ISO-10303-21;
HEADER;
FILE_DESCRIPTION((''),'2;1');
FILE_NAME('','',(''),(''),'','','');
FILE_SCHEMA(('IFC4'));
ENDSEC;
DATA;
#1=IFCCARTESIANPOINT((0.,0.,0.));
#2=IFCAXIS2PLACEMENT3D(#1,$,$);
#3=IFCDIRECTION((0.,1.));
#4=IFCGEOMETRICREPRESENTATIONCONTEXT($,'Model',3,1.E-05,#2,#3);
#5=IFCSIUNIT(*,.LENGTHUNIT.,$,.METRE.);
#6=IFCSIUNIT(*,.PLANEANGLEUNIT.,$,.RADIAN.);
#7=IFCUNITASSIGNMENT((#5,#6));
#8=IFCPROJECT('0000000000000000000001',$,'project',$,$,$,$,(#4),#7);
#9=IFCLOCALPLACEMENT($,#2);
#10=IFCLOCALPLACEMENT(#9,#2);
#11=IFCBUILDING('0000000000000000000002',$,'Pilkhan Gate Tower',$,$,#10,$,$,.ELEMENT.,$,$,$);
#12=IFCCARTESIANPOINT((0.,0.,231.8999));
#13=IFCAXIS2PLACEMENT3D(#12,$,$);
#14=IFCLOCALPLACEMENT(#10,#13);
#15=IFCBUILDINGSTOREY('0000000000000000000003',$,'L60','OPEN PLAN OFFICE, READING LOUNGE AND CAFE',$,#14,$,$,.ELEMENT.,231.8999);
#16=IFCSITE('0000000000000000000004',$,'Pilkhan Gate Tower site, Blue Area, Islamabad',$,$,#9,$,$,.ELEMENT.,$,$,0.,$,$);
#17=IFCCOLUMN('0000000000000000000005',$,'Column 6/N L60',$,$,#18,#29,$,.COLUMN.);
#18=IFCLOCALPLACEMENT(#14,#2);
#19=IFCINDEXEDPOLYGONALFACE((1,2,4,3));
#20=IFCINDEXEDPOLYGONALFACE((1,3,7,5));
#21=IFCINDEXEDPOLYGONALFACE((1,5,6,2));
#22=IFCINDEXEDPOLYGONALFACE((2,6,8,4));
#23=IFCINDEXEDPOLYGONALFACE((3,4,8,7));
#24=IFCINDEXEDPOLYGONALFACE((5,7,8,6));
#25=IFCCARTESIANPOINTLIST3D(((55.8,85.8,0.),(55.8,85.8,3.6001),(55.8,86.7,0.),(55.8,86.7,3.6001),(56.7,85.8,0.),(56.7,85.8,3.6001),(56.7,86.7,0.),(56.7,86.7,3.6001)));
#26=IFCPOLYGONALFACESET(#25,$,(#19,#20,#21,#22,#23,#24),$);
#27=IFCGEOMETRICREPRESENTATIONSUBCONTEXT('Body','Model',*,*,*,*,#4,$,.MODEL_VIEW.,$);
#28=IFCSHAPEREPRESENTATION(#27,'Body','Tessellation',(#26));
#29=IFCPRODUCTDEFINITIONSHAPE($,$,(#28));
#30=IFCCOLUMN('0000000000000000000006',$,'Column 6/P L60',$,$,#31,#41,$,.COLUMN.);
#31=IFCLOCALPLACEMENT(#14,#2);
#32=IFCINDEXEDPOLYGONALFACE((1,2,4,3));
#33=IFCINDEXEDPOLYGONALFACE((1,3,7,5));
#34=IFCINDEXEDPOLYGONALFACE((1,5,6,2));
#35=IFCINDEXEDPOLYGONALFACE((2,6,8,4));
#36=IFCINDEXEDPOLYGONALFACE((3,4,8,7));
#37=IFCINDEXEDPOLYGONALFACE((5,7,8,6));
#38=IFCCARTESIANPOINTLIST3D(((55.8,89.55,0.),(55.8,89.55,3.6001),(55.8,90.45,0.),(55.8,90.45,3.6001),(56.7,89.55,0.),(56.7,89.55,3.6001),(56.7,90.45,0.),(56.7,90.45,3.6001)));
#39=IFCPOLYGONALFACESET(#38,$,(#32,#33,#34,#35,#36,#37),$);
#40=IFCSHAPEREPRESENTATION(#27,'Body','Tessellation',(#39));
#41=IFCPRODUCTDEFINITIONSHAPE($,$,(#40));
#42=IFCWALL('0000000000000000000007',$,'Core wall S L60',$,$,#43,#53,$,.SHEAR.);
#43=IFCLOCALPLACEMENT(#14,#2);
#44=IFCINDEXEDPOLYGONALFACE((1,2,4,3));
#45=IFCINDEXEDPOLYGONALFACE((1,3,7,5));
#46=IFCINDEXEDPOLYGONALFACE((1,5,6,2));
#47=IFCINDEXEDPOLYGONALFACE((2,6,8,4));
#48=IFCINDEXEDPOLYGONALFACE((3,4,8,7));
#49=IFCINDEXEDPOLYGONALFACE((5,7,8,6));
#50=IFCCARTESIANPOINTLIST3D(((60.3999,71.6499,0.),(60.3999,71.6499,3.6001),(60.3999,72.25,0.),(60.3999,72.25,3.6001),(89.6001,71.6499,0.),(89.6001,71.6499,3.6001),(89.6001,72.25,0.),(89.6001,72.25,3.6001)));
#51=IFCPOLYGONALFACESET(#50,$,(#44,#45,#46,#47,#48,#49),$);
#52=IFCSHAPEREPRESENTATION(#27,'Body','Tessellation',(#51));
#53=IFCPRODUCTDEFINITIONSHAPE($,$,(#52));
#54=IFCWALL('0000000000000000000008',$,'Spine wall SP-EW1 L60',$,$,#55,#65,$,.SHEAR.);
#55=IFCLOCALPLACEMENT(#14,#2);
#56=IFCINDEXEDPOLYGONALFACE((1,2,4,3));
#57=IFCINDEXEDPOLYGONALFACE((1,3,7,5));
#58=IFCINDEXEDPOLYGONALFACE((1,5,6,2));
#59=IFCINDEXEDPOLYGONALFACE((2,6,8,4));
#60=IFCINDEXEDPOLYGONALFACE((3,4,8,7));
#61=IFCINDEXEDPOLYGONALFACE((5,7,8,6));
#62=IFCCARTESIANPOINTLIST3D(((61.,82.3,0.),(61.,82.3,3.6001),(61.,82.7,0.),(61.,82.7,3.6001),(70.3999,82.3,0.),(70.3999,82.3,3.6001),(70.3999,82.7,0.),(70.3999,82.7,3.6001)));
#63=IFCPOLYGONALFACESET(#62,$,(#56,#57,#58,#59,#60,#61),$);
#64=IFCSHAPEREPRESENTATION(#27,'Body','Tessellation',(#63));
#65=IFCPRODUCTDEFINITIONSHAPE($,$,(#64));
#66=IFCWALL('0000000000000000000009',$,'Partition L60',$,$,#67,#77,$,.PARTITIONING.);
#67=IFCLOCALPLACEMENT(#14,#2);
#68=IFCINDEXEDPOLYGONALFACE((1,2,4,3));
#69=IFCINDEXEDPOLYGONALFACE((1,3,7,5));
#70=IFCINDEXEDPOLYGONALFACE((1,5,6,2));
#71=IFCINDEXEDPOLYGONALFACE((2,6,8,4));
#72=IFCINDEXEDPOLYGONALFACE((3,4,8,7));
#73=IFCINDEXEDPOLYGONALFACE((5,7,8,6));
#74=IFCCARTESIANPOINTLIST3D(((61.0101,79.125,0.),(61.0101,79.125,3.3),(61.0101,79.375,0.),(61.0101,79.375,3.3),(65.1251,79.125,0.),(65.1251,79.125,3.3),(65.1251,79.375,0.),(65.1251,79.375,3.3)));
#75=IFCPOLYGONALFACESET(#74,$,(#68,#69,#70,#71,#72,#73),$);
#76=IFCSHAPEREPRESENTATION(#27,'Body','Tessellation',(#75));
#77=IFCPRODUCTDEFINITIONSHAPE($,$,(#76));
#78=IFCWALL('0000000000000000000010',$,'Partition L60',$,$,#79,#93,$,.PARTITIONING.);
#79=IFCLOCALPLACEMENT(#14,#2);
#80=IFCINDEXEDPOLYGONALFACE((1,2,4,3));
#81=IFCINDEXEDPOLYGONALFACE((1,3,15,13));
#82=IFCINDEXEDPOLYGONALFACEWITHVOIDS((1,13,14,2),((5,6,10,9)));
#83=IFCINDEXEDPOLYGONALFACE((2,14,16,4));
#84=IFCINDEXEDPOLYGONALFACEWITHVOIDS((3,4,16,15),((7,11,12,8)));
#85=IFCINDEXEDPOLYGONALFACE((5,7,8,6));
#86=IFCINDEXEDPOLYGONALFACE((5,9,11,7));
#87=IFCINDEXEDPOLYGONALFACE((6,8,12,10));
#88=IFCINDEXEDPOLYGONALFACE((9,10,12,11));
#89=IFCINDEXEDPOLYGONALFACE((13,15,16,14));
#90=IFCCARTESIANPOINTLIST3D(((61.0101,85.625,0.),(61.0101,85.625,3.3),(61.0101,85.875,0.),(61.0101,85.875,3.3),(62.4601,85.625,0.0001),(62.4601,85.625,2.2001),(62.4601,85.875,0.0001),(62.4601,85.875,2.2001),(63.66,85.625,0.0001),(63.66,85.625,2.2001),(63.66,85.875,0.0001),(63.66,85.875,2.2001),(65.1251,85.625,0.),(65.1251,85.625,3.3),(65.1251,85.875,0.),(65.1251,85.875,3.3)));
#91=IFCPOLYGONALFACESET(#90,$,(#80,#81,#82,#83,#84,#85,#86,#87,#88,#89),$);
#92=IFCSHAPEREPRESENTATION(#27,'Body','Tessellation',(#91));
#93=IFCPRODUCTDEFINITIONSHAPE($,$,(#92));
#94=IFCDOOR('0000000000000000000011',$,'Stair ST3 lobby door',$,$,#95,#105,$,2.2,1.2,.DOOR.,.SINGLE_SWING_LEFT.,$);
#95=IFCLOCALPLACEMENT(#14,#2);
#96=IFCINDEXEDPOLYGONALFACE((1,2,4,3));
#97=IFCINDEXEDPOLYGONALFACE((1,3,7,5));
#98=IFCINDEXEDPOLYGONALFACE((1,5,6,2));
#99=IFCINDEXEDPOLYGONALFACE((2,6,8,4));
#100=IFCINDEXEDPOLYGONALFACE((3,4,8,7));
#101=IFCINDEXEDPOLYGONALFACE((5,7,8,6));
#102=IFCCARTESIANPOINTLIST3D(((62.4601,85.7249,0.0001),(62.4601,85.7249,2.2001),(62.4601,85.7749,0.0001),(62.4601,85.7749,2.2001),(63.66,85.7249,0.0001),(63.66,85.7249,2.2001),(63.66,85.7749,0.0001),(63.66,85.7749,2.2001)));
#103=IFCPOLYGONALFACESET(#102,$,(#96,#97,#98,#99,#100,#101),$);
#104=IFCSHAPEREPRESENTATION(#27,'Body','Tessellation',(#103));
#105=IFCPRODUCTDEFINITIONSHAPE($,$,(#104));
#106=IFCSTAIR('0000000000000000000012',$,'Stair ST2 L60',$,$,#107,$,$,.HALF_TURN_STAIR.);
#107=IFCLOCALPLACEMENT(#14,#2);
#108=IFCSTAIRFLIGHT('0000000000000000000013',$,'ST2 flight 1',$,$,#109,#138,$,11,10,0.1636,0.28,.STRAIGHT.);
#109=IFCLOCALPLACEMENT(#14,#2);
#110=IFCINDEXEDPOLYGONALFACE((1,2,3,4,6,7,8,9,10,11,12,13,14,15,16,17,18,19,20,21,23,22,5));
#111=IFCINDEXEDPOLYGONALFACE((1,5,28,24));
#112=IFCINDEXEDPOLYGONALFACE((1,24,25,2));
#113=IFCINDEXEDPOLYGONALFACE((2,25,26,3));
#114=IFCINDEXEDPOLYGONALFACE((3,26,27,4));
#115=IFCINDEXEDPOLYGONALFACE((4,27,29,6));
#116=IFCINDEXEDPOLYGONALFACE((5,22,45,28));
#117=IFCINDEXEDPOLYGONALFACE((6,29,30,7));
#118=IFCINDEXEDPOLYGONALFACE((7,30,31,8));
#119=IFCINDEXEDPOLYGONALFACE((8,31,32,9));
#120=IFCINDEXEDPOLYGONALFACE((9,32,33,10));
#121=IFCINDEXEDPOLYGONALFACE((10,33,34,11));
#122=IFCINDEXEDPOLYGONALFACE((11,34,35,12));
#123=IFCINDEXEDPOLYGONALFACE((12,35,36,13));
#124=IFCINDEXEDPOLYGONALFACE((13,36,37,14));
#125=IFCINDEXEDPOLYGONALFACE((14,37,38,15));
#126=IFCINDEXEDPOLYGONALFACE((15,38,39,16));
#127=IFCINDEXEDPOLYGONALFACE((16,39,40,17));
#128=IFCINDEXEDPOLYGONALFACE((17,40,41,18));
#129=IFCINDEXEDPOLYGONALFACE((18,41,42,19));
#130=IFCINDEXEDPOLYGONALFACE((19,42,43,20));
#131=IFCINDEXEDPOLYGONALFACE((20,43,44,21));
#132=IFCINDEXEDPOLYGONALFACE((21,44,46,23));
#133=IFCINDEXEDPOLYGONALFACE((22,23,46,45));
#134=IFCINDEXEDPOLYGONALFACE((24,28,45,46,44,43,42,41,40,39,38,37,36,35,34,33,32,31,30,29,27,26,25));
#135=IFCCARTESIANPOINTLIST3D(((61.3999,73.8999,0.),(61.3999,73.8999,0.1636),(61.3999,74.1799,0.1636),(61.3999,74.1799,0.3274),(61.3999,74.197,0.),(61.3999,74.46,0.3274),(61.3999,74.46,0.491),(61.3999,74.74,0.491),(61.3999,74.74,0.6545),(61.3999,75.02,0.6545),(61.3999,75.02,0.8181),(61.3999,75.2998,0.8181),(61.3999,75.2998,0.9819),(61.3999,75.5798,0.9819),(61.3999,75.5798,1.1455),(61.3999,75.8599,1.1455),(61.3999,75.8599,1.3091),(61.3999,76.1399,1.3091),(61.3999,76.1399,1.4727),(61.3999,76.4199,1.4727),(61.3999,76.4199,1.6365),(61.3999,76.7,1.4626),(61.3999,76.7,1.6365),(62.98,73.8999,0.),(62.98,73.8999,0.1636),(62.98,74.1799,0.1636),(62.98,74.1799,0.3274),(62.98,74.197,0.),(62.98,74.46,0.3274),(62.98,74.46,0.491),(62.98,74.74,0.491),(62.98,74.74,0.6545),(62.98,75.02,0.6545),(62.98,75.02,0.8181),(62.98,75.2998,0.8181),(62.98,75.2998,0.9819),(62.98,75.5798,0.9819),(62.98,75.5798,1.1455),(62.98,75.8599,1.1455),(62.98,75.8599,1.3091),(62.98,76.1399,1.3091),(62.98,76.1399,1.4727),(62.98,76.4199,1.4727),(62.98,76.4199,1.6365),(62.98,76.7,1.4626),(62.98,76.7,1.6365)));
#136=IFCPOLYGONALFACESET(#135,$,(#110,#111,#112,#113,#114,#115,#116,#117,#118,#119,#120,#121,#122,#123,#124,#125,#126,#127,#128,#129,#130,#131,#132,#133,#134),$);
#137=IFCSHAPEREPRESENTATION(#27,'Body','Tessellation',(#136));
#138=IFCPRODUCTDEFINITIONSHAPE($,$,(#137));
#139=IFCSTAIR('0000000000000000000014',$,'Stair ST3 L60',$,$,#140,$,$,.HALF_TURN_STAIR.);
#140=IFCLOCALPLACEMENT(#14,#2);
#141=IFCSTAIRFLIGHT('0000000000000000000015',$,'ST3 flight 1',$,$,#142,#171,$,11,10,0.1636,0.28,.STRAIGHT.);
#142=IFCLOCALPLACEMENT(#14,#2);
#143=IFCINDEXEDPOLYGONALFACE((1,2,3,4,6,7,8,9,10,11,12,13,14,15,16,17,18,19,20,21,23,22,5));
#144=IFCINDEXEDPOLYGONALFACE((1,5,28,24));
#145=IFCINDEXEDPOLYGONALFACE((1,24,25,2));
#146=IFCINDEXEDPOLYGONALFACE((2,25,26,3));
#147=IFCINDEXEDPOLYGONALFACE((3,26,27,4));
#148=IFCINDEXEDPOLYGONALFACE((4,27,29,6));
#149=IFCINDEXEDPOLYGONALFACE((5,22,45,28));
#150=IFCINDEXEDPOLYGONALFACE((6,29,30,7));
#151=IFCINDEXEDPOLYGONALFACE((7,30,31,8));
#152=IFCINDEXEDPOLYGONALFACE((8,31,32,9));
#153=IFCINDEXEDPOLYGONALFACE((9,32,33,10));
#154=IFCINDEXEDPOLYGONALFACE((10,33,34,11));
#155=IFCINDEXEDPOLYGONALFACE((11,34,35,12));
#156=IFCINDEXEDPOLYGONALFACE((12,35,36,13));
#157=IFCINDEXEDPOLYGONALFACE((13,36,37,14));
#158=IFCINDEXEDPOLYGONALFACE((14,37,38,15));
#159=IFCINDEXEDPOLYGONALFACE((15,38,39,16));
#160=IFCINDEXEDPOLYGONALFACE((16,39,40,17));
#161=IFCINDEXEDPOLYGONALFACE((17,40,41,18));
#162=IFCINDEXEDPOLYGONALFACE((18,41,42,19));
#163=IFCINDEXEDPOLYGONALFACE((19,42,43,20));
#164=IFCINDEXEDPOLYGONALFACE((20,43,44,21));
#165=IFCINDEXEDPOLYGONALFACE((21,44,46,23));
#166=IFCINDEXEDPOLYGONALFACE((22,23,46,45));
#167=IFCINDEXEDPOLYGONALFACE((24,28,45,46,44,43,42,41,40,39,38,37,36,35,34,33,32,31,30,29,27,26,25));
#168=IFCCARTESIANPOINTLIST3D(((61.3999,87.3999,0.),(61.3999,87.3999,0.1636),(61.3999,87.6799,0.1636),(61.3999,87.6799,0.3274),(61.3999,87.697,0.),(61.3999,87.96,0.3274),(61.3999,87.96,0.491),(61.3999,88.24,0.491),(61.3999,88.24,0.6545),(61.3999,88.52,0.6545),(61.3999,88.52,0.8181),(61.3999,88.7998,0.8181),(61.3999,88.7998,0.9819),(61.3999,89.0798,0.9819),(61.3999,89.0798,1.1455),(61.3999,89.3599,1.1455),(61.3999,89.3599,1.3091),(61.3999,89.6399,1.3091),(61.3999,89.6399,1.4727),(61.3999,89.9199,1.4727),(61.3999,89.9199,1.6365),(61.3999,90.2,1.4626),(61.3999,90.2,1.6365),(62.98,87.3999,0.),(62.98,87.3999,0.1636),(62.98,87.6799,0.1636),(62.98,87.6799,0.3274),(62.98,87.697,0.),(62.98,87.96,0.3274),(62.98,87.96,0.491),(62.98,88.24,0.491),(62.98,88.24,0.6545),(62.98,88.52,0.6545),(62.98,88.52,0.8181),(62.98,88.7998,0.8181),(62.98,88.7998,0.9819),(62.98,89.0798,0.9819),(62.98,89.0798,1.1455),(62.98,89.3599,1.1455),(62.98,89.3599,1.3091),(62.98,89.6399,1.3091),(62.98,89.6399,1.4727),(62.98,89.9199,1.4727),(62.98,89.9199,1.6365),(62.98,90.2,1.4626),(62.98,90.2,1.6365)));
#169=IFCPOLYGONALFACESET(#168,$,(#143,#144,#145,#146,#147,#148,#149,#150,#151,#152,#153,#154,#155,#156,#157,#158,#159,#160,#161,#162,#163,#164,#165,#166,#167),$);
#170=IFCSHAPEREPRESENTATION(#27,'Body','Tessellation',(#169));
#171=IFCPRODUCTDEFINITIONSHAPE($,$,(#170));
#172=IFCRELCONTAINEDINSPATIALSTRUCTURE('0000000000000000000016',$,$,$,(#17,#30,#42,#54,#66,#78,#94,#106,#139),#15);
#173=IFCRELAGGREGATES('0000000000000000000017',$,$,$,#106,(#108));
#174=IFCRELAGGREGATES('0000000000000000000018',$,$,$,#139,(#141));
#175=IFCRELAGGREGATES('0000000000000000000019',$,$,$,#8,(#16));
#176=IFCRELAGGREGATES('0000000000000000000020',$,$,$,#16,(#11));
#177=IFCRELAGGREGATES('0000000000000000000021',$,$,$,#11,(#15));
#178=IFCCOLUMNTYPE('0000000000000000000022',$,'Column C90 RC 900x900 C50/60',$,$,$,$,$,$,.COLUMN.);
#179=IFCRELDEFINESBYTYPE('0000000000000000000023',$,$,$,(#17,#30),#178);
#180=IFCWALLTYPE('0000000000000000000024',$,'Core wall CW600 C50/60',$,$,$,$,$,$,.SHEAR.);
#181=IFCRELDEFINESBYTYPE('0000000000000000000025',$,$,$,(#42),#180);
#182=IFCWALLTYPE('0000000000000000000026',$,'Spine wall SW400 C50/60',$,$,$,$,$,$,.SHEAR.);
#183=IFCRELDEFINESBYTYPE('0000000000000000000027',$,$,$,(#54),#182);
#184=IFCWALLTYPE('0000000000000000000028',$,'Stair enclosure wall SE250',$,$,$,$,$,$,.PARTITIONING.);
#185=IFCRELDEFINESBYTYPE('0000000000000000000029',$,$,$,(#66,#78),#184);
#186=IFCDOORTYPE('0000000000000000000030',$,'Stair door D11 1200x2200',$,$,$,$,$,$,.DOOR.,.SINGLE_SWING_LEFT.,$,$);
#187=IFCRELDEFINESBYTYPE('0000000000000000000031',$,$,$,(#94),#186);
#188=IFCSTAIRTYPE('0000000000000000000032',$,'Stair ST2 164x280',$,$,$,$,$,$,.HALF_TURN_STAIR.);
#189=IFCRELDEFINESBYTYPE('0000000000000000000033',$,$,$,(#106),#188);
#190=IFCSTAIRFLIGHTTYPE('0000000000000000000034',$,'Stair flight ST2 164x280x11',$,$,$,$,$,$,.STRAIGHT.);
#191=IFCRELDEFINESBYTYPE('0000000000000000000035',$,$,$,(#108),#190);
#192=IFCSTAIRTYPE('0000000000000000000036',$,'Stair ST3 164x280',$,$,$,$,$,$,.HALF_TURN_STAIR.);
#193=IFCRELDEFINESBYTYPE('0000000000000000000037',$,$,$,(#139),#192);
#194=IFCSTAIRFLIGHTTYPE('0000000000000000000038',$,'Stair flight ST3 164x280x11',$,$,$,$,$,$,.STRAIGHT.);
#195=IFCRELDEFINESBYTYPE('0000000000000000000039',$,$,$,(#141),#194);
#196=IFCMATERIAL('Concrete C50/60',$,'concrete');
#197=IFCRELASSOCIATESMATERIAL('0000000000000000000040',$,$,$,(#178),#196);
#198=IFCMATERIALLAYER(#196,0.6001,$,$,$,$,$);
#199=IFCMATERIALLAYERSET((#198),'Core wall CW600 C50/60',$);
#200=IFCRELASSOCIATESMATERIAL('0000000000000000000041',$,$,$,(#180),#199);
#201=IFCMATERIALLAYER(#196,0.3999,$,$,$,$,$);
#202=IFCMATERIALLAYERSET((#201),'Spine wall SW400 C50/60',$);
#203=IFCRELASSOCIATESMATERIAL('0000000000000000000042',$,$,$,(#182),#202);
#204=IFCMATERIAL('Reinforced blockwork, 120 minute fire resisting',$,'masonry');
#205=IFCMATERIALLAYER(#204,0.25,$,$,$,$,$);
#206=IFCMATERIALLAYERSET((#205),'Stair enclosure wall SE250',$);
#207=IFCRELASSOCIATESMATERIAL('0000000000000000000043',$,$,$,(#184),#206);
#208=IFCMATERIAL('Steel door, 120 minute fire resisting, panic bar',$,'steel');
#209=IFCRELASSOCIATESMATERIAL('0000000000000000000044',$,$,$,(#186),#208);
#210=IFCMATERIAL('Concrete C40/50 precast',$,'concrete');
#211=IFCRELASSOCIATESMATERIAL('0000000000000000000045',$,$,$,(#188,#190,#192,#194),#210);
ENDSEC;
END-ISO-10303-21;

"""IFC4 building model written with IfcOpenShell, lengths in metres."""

from ifc_helpers import new_model, si_unit, direction, frame, frame_2d, origin, origin_2d, place, context, subcontext, project, spatial, polyline, rectangle, outline, extrude, material, layer, layer_set, material_profile, profile_set, type_object, element, fill, aggregate, save


model = new_model("IFC4")

# Units and contexts
model_context = context("Model", 3, precision=1e-05, world=origin(), true_north=direction((0.0, 1.0)))
body_context = subcontext(model_context, "Body", "Model", "MODEL_VIEW")
ifc_project = project(units=[si_unit("LENGTHUNIT", "METRE"), si_unit("PLANEANGLEUNIT", "RADIAN")], contexts=[model_context])

# Site, building, storey
site_placement = place(None, origin())
site = spatial("IfcSite", under=ifc_project, at=site_placement, Name="Pilkhan Gate Tower site, Blue Area, Islamabad", CompositionType="ELEMENT", RefElevation=0.0)
building_placement = place(site_placement, origin())
building = spatial("IfcBuilding", under=site, at=building_placement, Name="Pilkhan Gate Tower", CompositionType="ELEMENT")
storey_placement = place(building_placement, frame((0.0, 0.0, 231.8999)))
storey = spatial("IfcBuildingStorey", under=building, at=storey_placement, Name="L60", Description="OPEN PLAN OFFICE, READING LOUNGE AND CAFE", CompositionType="ELEMENT", Elevation=231.8999)

# Columns
ifc_material_1 = material(Name="Concrete C50/60", Category="concrete")
ifc_material_profile = material_profile(ifc_material_1, rectangle(XDim=0.8999, YDim=0.8999, at=origin_2d()), Name="RC 900x900")
ifc_profile_set = profile_set([ifc_material_profile], Name="Concrete C50/60")
column_type = type_object("IfcColumnType", Name="Column C90 RC 900x900 C50/60", PredefinedType="COLUMN", material=ifc_profile_set)
for number, where, z_axis, x_axis, name in (
    (1, (56.25, 86.25, 0.0), (0.0, 0.0, 1.0), (1.0, 0.0, 0.0), "Column 6/N L60"),
    (2, (56.25, 90.0, 0.0), (0.0, 0.0, 1.0), (1.0, 0.0, 0.0), "Column 6/P L60"),
):
    element("IfcColumn", number, at=place(storey_placement, frame(where, z_axis=z_axis, x_axis=x_axis)), inside=storey, type_object=column_type, Name=name, PredefinedType="COLUMN", context=body_context, shape_type="SweptSolid", body=[
        extrude(rectangle(XDim=0.8999, YDim=0.8999, at=origin_2d()), origin(), (0.0, 0.0, 1.0), 3.6001),
    ])

# Walls
ifc_layer_1 = layer(ifc_material_1, 0.6001)
ifc_layer_set_1 = layer_set([ifc_layer_1], Name="Core wall CW600 C50/60")
wall_type_1 = type_object("IfcWallType", Name="Core wall CW600 C50/60", PredefinedType="SHEAR", material=ifc_layer_set_1)
wall_1_placement = place(storey_placement, frame((60.3999, 71.95, 0.0), z_axis=(0.0, 0.0, 1.0), x_axis=(1.0, 0.0, 0.0)))
element("IfcWall", 3, at=wall_1_placement, inside=storey, type_object=wall_type_1, Name="Core wall S L60", PredefinedType="SHEAR", context=body_context, shape_type="SweptSolid", body=[
    extrude(rectangle(XDim=29.2002, YDim=0.6001, at=frame_2d((14.6001, 0.0))), origin(), (0.0, 0.0, 1.0), 3.6001),
])
ifc_layer_2 = layer(ifc_material_1, 0.3999)
ifc_layer_set_2 = layer_set([ifc_layer_2], Name="Spine wall SW400 C50/60")
wall_type_2 = type_object("IfcWallType", Name="Spine wall SW400 C50/60", PredefinedType="SHEAR", material=ifc_layer_set_2)
wall_2_placement = place(storey_placement, frame((61.0, 82.5, 0.0), z_axis=(0.0, 0.0, 1.0), x_axis=(1.0, 0.0, 0.0)))
element("IfcWall", 4, at=wall_2_placement, inside=storey, type_object=wall_type_2, Name="Spine wall SP-EW1 L60", PredefinedType="SHEAR", context=body_context, shape_type="SweptSolid", body=[
    extrude(rectangle(XDim=9.3999, YDim=0.3999, at=frame_2d((4.7, 0.0))), origin(), (0.0, 0.0, 1.0), 3.6001),
])
ifc_material_2 = material(Name="Reinforced blockwork, 120 minute fire resisting", Category="masonry")
ifc_layer_3 = layer(ifc_material_2, 0.25)
ifc_layer_set_3 = layer_set([ifc_layer_3], Name="Stair enclosure wall SE250")
wall_type_3 = type_object("IfcWallType", Name="Stair enclosure wall SE250", PredefinedType="PARTITIONING", material=ifc_layer_set_3)
wall_3_placement = place(storey_placement, frame((61.01, 79.25, 0.0), z_axis=(0.0, 0.0, 1.0), x_axis=(1.0, 0.0, 0.0)))
element("IfcWall", 5, at=wall_3_placement, inside=storey, type_object=wall_type_3, Name="Partition L60", PredefinedType="PARTITIONING", context=body_context, shape_type="SweptSolid", body=[
    extrude(rectangle(XDim=4.115, YDim=0.25, at=frame_2d((2.0576, 0.0))), origin(), (0.0, 0.0, 1.0), 3.3),
])

# Wall, opening, door
wall_4_placement = place(storey_placement, frame((61.01, 85.75, 0.0), z_axis=(0.0, 0.0, 1.0), x_axis=(1.0, 0.0, 0.0)))
wall_4 = element("IfcWall", 6, at=wall_4_placement, inside=storey, type_object=wall_type_3, Name="Partition L60", PredefinedType="PARTITIONING", context=body_context, shape_type="SweptSolid", body=[
    extrude(rectangle(XDim=4.115, YDim=0.25, at=frame_2d((2.0576, 0.0))), origin(), (0.0, 0.0, 1.0), 3.3),
])
opening_placement = place(wall_4_placement, frame((1.45, 0.0, 0.0)))
opening = element("IfcOpeningElement", 7, at=opening_placement, cuts=wall_4, PredefinedType="OPENING", context=body_context, shape_type="SweptSolid", body=[
    extrude(rectangle(XDim=1.2, YDim=2.2, at=frame_2d((0.6001, 1.1001))), frame((0.0, 0.135, 0.0), z_axis=(0.0, -1.0, 0.0), x_axis=(1.0, 0.0, 0.0)), (0.0, 0.0, 1.0), 0.27),
])
ifc_material_3 = material(Name="Steel door, 120 minute fire resisting, panic bar", Category="steel")
door_type = type_object("IfcDoorType", Name="Stair door D11 1200x2200", OperationType="SINGLE_SWING_LEFT", PredefinedType="DOOR", material=ifc_material_3)
door_placement = place(opening_placement, origin())
door = element("IfcDoor", 8, at=door_placement, inside=storey, type_object=door_type, Name="Stair ST3 lobby door", OperationType="SINGLE_SWING_LEFT", OverallHeight=2.2, OverallWidth=1.2, PredefinedType="DOOR", context=body_context, shape_type="SweptSolid", body=[
    extrude(rectangle(XDim=1.2, YDim=2.2, at=frame_2d((0.6001, 1.1001))), frame((0.0, 0.0249, 0.0), z_axis=(0.0, -1.0, 0.0), x_axis=(1.0, 0.0, 0.0)), (0.0, 0.0, 1.0), 0.05),
])
fill(opening, door)

# Stairs, stair flights
ifc_material_4 = material(Name="Concrete C40/50 precast", Category="concrete")
stair_type_1 = type_object("IfcStairType", Name="Stair ST2 164x280", PredefinedType="HALF_TURN_STAIR", material=ifc_material_4)
stair_1_placement = place(storey_placement, origin())
stair_1 = element("IfcStair", 9, at=stair_1_placement, inside=storey, type_object=stair_type_1, Name="Stair ST2 L60", PredefinedType="HALF_TURN_STAIR")
stair_flight_type_1 = type_object("IfcStairFlightType", Name="Stair flight ST2 164x280x11", PredefinedType="STRAIGHT", material=ifc_material_4)
stair_flight_1_placement = place(storey_placement, frame((62.1899, 73.8999, 0.0), z_axis=(0.0, 0.0, 1.0), x_axis=(0.0, 1.0, 0.0)))
stair_flight_1 = element("IfcStairFlight", 10, at=stair_flight_1_placement, type_object=stair_flight_type_1, Name="ST2 flight 1", NumberOfRisers=11, NumberOfTreads=10, PredefinedType="STRAIGHT", RiserHeight=0.1636, TreadLength=0.28, context=body_context, shape_type="SweptSolid", body=[
    extrude(outline(polyline([(0.0, 0.0), (0.0, 0.1636), (0.28, 0.1636), (0.28, 0.3274), (0.5601, 0.3274), (0.5601, 0.491), (0.8401, 0.491), (0.8401, 0.6545), (1.1201, 0.6545), (1.1201, 0.8181), (1.3999, 0.8181), (1.3999, 0.9819), (1.6799, 0.9819), (1.6799, 1.1455), (1.96, 1.1455), (1.96, 1.3091), (2.24, 1.3091), (2.24, 1.4727), (2.52, 1.4727), (2.52, 1.6365), (2.8, 1.6365), (2.8, 1.8), (2.8, 1.4626), (0.2971, 0.0), (0.0, 0.0)])), frame((0.0, 0.79, 0.0), z_axis=(0.0, -1.0, 0.0), x_axis=(1.0, 0.0, 0.0)), (0.0, 0.0, 1.0), 1.5801),
])
aggregate(stair_1, [stair_flight_1])
stair_type_2 = type_object("IfcStairType", Name="Stair ST3 164x280", PredefinedType="HALF_TURN_STAIR", material=ifc_material_4)
stair_2_placement = place(storey_placement, origin())
stair_2 = element("IfcStair", 11, at=stair_2_placement, inside=storey, type_object=stair_type_2, Name="Stair ST3 L60", PredefinedType="HALF_TURN_STAIR")
stair_flight_type_2 = type_object("IfcStairFlightType", Name="Stair flight ST3 164x280x11", PredefinedType="STRAIGHT", material=ifc_material_4)
stair_flight_2_placement = place(storey_placement, frame((62.1899, 87.3999, 0.0), z_axis=(0.0, 0.0, 1.0), x_axis=(0.0, 1.0, 0.0)))
stair_flight_2 = element("IfcStairFlight", 12, at=stair_flight_2_placement, type_object=stair_flight_type_2, Name="ST3 flight 1", NumberOfRisers=11, NumberOfTreads=10, PredefinedType="STRAIGHT", RiserHeight=0.1636, TreadLength=0.28, context=body_context, shape_type="SweptSolid", body=[
    extrude(outline(polyline([(0.0, 0.0), (0.0, 0.1636), (0.28, 0.1636), (0.28, 0.3274), (0.5601, 0.3274), (0.5601, 0.491), (0.8401, 0.491), (0.8401, 0.6545), (1.1201, 0.6545), (1.1201, 0.8181), (1.3999, 0.8181), (1.3999, 0.9819), (1.6799, 0.9819), (1.6799, 1.1455), (1.96, 1.1455), (1.96, 1.3091), (2.24, 1.3091), (2.24, 1.4727), (2.52, 1.4727), (2.52, 1.6365), (2.8, 1.6365), (2.8, 1.8), (2.8, 1.4626), (0.2971, 0.0), (0.0, 0.0)])), frame((0.0, 0.79, 0.0), z_axis=(0.0, -1.0, 0.0), x_axis=(1.0, 0.0, 0.0)), (0.0, 0.0, 1.0), 1.5801),
])
aggregate(stair_2, [stair_flight_2])

save(model, "model.ifc")
